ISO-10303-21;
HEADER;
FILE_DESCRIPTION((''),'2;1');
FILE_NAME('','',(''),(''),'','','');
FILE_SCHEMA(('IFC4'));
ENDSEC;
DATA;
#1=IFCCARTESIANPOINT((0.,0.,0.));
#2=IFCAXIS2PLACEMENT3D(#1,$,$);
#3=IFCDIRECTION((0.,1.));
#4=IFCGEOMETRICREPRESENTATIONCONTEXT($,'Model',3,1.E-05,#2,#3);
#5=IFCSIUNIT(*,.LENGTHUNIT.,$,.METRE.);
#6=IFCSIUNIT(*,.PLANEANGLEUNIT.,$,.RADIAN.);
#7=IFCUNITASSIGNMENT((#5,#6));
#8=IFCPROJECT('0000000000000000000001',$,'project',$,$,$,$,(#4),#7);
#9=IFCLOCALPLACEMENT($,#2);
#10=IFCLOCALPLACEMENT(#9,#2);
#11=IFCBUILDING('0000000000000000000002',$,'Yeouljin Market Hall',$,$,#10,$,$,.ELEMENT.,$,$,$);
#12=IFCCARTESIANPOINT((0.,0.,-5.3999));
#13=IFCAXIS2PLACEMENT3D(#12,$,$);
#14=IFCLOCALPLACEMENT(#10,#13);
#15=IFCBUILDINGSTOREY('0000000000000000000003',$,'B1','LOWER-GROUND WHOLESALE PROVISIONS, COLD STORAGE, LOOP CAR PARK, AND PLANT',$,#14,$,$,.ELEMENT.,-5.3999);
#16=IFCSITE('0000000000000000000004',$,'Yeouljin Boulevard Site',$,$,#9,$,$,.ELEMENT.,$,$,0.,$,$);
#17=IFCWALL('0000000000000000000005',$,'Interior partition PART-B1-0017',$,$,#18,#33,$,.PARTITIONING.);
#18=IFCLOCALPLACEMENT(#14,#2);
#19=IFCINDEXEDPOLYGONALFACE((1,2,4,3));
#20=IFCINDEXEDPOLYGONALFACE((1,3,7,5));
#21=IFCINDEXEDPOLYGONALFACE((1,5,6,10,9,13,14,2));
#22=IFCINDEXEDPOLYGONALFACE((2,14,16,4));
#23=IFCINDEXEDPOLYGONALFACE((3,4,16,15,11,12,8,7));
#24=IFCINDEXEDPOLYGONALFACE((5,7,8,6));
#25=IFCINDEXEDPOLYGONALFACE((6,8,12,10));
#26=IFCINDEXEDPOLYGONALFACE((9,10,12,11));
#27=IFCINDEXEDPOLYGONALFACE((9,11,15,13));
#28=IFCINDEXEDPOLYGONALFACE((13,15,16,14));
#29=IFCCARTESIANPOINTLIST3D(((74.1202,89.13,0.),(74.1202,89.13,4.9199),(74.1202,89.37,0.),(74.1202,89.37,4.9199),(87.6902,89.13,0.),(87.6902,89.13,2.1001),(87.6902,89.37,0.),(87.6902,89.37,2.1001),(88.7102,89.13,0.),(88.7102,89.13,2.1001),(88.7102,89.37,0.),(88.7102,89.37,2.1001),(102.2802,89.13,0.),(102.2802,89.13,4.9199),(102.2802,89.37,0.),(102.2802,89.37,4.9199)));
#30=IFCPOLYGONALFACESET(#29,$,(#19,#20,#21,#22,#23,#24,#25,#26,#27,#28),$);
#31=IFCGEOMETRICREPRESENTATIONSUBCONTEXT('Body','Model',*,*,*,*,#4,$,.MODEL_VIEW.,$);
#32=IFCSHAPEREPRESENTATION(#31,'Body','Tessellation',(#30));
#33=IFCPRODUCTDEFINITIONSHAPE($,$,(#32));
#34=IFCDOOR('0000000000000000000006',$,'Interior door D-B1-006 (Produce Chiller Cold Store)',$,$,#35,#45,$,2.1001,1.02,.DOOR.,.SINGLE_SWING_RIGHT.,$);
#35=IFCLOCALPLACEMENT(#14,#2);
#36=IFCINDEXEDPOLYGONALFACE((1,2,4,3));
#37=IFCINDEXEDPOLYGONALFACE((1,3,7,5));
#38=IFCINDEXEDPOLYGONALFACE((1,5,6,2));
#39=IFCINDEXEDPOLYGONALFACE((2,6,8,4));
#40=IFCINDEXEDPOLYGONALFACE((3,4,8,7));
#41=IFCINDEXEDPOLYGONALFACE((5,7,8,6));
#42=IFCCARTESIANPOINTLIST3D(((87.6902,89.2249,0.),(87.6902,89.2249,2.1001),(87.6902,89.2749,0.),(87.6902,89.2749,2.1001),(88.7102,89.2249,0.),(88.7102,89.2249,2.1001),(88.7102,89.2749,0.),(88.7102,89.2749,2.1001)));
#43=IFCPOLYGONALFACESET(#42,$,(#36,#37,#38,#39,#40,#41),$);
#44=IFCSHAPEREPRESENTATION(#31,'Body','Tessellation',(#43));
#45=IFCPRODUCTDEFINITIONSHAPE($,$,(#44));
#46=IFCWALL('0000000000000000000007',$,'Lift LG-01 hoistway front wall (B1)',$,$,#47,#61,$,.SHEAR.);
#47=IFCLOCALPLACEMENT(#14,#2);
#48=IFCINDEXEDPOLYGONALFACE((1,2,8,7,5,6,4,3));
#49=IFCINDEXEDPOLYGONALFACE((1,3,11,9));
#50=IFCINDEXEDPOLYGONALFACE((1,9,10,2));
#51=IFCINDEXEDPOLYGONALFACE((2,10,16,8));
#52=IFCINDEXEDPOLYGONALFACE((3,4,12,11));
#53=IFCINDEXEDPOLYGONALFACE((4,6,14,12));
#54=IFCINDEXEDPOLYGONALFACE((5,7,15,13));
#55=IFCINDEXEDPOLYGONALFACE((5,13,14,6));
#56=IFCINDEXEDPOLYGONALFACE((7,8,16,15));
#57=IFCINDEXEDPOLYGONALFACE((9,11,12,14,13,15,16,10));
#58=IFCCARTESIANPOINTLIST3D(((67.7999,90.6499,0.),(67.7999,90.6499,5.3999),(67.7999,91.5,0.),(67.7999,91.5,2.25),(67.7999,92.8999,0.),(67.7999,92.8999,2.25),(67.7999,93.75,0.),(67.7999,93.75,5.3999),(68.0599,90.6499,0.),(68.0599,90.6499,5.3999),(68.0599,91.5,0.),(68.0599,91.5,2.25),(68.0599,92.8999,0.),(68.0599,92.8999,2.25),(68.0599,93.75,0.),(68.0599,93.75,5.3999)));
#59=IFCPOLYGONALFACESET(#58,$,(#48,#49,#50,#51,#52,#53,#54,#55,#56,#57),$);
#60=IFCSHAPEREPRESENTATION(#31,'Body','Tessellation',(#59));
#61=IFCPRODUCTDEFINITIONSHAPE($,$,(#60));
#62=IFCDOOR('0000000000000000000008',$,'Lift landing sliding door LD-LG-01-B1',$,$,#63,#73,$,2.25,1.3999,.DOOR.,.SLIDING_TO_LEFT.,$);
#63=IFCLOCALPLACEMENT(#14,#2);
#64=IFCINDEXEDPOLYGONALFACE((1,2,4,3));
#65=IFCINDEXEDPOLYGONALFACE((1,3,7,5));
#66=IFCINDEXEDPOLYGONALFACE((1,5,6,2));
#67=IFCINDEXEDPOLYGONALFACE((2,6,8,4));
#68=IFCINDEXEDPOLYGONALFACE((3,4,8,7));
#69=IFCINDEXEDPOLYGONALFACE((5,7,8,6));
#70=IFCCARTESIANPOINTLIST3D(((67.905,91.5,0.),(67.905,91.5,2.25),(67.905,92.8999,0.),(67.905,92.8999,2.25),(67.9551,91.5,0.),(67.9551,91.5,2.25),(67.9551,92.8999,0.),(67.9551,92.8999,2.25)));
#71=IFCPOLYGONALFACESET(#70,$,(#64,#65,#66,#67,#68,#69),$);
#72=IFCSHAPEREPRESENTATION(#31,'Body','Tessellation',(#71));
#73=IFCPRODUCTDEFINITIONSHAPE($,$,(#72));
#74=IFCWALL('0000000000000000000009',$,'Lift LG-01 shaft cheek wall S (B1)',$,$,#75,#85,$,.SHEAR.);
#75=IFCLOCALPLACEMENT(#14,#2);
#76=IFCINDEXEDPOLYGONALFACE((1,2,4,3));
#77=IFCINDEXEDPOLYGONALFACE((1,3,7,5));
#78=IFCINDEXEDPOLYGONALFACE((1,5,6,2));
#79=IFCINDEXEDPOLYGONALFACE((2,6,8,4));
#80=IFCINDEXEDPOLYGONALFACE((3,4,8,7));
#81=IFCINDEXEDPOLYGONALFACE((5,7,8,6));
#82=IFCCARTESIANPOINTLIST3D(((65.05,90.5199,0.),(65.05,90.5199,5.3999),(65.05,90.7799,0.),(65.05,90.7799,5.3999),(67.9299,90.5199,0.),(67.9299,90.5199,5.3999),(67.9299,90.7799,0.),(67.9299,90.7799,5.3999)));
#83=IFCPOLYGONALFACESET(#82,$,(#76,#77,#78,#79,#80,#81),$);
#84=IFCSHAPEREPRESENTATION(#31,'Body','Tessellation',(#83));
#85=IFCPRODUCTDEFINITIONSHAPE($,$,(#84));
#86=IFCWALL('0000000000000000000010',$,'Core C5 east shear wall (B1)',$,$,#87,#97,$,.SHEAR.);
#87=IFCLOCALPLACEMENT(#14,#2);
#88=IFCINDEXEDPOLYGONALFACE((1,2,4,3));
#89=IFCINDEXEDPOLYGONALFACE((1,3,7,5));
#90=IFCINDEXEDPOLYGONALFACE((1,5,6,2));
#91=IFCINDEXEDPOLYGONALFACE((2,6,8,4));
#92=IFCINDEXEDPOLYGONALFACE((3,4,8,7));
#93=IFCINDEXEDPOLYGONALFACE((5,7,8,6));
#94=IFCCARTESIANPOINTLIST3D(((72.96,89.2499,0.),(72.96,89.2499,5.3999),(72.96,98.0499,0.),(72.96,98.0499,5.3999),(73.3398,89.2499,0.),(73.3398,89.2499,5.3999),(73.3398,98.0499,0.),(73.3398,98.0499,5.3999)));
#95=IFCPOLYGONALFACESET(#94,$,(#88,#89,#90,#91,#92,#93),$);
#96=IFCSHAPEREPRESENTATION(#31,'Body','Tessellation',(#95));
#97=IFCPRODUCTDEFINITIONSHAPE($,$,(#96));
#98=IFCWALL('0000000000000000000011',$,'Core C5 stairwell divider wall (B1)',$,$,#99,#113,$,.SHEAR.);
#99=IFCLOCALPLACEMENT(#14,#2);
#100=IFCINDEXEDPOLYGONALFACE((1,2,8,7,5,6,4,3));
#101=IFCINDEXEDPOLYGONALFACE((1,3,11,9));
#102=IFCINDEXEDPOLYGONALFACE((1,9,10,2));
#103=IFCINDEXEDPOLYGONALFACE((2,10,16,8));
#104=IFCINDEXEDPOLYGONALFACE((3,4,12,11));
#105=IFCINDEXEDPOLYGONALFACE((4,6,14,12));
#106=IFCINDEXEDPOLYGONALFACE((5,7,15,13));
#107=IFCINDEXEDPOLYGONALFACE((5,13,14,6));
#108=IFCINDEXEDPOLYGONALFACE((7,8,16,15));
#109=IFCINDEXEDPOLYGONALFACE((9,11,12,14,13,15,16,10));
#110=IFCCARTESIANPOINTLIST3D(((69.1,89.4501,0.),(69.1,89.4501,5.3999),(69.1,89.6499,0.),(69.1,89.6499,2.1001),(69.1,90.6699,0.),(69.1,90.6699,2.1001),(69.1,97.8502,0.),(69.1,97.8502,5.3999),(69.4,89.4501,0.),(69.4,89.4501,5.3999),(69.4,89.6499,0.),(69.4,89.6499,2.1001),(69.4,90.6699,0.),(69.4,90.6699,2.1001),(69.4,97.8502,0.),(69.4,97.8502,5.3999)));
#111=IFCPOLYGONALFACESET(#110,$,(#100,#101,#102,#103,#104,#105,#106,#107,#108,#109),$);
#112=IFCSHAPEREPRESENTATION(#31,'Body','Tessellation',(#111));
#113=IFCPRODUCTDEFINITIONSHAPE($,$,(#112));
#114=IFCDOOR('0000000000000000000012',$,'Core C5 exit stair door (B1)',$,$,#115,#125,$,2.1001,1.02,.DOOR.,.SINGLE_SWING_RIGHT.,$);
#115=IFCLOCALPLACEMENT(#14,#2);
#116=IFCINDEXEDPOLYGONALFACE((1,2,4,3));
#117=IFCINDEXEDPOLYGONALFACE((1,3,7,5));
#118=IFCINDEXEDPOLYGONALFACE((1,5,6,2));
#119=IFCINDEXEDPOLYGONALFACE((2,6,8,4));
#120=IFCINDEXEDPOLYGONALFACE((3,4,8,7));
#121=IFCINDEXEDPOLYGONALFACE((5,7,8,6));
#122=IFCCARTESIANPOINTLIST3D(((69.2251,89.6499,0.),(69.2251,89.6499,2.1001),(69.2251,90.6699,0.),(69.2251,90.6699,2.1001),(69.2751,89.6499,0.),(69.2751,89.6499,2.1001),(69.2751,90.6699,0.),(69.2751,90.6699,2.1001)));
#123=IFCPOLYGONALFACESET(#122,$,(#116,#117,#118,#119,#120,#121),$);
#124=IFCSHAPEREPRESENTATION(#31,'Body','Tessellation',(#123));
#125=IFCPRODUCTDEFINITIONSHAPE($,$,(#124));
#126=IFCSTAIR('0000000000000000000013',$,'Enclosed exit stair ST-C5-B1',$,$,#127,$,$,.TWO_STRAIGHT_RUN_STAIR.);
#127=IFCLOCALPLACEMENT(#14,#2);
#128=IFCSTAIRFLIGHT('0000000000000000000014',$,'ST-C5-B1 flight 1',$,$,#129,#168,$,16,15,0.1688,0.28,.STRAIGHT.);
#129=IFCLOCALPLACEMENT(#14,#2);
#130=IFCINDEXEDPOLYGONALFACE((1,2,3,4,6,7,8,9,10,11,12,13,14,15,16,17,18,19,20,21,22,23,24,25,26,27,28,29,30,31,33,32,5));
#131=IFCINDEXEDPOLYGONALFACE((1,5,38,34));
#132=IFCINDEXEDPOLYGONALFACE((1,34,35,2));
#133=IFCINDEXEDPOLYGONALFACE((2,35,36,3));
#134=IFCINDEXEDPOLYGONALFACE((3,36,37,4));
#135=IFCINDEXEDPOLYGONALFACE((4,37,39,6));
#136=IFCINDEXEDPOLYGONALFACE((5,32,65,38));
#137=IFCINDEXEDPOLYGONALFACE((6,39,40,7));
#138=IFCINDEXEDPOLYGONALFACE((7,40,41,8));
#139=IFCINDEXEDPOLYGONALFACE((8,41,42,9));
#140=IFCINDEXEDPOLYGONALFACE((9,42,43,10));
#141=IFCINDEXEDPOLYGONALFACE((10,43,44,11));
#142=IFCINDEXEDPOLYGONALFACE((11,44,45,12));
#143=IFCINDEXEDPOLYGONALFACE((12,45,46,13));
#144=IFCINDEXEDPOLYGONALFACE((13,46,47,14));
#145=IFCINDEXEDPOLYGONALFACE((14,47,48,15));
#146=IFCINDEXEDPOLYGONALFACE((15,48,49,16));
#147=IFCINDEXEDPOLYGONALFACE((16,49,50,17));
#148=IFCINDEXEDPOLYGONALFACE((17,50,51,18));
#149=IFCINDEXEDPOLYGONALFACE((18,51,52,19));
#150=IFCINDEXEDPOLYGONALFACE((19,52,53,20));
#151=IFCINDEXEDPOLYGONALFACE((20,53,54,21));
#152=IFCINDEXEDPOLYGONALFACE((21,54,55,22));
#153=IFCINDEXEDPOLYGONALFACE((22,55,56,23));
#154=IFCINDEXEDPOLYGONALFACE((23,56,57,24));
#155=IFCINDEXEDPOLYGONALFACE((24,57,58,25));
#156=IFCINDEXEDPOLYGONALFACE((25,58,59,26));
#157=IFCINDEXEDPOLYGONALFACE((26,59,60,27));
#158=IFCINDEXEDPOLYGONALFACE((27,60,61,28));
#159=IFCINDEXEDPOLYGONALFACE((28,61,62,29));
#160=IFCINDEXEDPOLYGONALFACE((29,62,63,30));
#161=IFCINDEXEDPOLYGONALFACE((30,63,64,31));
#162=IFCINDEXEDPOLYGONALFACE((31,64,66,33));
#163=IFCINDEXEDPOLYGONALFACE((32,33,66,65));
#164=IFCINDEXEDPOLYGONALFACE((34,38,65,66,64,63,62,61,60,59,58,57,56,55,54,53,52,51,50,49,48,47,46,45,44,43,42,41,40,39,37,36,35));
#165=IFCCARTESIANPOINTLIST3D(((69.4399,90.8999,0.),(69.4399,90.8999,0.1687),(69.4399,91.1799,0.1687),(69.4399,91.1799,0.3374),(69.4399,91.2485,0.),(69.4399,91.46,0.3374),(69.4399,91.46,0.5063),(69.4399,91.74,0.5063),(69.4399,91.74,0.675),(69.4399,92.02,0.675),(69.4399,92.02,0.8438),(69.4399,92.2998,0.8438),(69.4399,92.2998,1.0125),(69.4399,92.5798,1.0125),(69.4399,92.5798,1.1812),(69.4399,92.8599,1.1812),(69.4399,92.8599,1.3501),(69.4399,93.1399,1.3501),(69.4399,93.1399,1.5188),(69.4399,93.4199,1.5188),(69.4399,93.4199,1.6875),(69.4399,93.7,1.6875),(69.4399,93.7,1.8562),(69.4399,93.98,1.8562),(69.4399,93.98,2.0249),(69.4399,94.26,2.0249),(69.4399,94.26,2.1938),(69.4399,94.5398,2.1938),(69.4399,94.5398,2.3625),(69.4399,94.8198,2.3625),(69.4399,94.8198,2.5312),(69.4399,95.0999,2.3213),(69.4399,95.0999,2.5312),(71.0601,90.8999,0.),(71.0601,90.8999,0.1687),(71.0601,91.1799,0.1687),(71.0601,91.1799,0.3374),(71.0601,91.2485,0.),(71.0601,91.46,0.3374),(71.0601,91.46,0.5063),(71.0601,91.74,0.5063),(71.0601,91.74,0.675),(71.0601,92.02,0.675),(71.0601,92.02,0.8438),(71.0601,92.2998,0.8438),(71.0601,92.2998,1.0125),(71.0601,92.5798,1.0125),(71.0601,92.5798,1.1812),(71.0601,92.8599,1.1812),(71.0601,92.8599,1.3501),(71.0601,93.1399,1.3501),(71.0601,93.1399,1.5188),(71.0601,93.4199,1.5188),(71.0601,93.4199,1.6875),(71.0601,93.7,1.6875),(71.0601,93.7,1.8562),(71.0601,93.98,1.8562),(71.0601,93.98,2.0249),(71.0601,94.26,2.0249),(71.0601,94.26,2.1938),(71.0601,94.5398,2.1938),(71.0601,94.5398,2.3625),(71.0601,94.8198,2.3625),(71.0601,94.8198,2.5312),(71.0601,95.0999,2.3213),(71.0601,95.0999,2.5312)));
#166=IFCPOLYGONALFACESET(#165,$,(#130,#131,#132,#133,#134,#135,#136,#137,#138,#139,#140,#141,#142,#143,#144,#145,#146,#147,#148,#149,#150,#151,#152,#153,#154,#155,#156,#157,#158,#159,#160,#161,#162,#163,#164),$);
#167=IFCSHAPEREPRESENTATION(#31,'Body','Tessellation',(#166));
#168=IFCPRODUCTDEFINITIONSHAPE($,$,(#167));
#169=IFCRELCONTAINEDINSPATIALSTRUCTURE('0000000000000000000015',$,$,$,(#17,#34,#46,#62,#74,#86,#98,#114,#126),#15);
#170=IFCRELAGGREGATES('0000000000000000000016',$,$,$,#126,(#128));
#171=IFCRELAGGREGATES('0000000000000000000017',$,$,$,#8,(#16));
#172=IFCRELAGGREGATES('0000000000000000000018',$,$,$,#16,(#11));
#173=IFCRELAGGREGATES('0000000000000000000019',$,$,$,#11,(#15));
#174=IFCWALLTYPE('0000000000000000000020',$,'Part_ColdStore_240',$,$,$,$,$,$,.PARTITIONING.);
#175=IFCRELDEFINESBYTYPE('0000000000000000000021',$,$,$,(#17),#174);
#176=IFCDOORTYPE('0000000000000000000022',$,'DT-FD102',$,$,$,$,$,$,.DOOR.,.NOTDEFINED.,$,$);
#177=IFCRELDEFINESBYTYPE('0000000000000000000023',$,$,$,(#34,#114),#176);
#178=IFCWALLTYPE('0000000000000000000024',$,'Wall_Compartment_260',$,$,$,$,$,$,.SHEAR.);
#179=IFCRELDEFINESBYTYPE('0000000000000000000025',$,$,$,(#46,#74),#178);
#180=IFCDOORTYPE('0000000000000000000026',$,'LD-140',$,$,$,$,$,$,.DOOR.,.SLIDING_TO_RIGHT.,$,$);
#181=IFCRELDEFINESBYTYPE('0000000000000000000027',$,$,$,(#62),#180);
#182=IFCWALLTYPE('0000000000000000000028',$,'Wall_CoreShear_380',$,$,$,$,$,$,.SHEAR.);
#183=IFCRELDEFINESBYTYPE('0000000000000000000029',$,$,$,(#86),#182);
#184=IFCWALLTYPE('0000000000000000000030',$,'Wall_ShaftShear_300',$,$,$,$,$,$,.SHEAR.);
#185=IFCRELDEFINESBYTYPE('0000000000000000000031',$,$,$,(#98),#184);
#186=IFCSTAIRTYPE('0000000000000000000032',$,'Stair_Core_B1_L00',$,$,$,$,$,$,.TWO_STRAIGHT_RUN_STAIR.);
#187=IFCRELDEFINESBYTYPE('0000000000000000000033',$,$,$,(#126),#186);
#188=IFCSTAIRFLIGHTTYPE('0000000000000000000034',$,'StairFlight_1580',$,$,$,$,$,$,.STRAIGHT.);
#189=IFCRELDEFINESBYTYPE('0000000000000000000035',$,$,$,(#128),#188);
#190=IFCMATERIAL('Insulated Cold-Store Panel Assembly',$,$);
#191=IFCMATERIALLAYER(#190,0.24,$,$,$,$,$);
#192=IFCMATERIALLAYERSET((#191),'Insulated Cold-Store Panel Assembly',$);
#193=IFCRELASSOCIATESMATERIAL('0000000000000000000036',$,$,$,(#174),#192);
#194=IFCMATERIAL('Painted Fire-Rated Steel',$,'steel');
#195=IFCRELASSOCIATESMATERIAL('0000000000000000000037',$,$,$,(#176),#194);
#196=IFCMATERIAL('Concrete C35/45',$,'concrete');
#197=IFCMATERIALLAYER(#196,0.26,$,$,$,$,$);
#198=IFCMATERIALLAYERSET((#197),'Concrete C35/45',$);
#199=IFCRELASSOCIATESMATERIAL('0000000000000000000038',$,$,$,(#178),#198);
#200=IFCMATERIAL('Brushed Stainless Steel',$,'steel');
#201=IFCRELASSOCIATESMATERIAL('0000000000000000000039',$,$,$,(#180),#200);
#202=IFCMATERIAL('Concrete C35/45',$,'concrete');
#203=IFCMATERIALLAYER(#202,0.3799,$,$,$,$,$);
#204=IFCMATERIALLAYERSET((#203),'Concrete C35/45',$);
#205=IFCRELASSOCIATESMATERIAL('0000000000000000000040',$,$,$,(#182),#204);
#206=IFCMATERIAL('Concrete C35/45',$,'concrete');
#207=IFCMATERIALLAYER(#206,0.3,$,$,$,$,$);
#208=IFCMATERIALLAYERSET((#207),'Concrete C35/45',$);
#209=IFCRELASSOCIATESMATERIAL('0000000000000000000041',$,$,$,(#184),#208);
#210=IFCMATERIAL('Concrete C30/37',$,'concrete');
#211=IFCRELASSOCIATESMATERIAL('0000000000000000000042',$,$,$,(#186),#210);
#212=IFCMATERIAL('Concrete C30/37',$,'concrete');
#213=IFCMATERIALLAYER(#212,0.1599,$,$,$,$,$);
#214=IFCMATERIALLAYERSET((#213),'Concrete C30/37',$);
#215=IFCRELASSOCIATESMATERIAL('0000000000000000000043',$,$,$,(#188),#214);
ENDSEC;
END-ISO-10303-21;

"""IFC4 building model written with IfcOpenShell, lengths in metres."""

from ifc_helpers import new_model, si_unit, direction, frame, frame_2d, origin, place, context, subcontext, project, spatial, polyline, rectangle, outline, extrude, material, layer, layer_set, type_object, element, fill, aggregate, save


model = new_model("IFC4")

# Units and contexts
model_context = context("Model", 3, precision=1e-05, world=origin(), true_north=direction((0.0, 1.0)))
body_context = subcontext(model_context, "Body", "Model", "MODEL_VIEW")
ifc_project = project(units=[si_unit("LENGTHUNIT", "METRE"), si_unit("PLANEANGLEUNIT", "RADIAN")], contexts=[model_context])

# Site, building, storey
site_placement = place(None, origin())
site = spatial("IfcSite", under=ifc_project, at=site_placement, Name="Yeouljin Boulevard Site", CompositionType="ELEMENT", RefElevation=0.0)
building_placement = place(site_placement, origin())
building = spatial("IfcBuilding", under=site, at=building_placement, Name="Yeouljin Market Hall", CompositionType="ELEMENT")
storey_placement = place(building_placement, frame((0.0, 0.0, -5.3999)))
storey = spatial("IfcBuildingStorey", under=building, at=storey_placement, Name="B1", Description="LOWER-GROUND WHOLESALE PROVISIONS, COLD STORAGE, LOOP CAR PARK, AND PLANT", CompositionType="ELEMENT", Elevation=-5.3999)

# Walls, openings, doors
ifc_material_1 = material(Name="Insulated Cold-Store Panel Assembly")
ifc_layer_1 = layer(ifc_material_1, 0.24)
ifc_layer_set_1 = layer_set([ifc_layer_1], Name="Insulated Cold-Store Panel Assembly")
wall_type_1 = type_object("IfcWallType", Name="Part_ColdStore_240", PredefinedType="PARTITIONING", material=ifc_layer_set_1)
wall_1_placement = place(storey_placement, frame((74.1201, 89.25, 0.0), z_axis=(0.0, 0.0, 1.0), x_axis=(1.0, 0.0, 0.0)))
wall_1 = element("IfcWall", 1, at=wall_1_placement, inside=storey, type_object=wall_type_1, Name="Interior partition PART-B1-0017", PredefinedType="PARTITIONING", context=body_context, shape_type="SweptSolid", body=[
    extrude(rectangle(XDim=28.1599, YDim=0.24, at=frame_2d((14.0801, 0.0))), origin(), (0.0, 0.0, 1.0), 4.9199),
])
opening_1_placement = place(wall_1_placement, frame((13.5701, 0.0, 0.0)))
opening_1 = element("IfcOpeningElement", 2, at=opening_1_placement, cuts=wall_1, PredefinedType="OPENING", context=body_context, shape_type="SweptSolid", body=[
    extrude(rectangle(XDim=1.02, YDim=2.1001, at=frame_2d((0.51, 1.05))), frame((0.0, 0.1299, 0.0), z_axis=(0.0, -1.0, 0.0), x_axis=(1.0, 0.0, 0.0)), (0.0, 0.0, 1.0), 0.26),
])
ifc_material_2 = material(Name="Painted Fire-Rated Steel", Category="steel")
door_type_1 = type_object("IfcDoorType", Name="DT-FD102", OperationType="NOTDEFINED", PredefinedType="DOOR", material=ifc_material_2)
door_1_placement = place(opening_1_placement, origin())
door_1 = element("IfcDoor", 3, at=door_1_placement, inside=storey, type_object=door_type_1, Name="Interior door D-B1-006 (Produce Chiller Cold Store)", OperationType="SINGLE_SWING_RIGHT", OverallHeight=2.1001, OverallWidth=1.02, PredefinedType="DOOR", context=body_context, shape_type="SweptSolid", body=[
    extrude(rectangle(XDim=1.02, YDim=2.1001, at=frame_2d((0.51, 1.05))), frame((0.0, 0.0249, 0.0), z_axis=(0.0, -1.0, 0.0), x_axis=(1.0, 0.0, 0.0)), (0.0, 0.0, 1.0), 0.05),
])
fill(opening_1, door_1)
ifc_material_3 = material(Name="Concrete C35/45", Category="concrete")
ifc_layer_2 = layer(ifc_material_3, 0.26)
ifc_layer_set_2 = layer_set([ifc_layer_2], Name="Concrete C35/45")
wall_type_2 = type_object("IfcWallType", Name="Wall_Compartment_260", PredefinedType="SHEAR", material=ifc_layer_set_2)
wall_2_placement = place(storey_placement, frame((67.9299, 90.6499, 0.0), z_axis=(0.0, 0.0, 1.0), x_axis=(0.0, 1.0, 0.0)))
wall_2 = element("IfcWall", 4, at=wall_2_placement, inside=storey, type_object=wall_type_2, Name="Lift LG-01 hoistway front wall (B1)", PredefinedType="SHEAR", context=body_context, shape_type="SweptSolid", body=[
    extrude(rectangle(XDim=3.1001, YDim=0.26, at=frame_2d((1.55, 0.0))), origin(), (0.0, 0.0, 1.0), 5.3999),
])
opening_2_placement = place(wall_2_placement, frame((0.8501, 0.0, 0.0)))
opening_2 = element("IfcOpeningElement", 5, at=opening_2_placement, cuts=wall_2, PredefinedType="OPENING", context=body_context, shape_type="SweptSolid", body=[
    extrude(rectangle(XDim=1.3999, YDim=2.25, at=frame_2d((0.7, 1.125))), frame((0.0, 0.1399, 0.0), z_axis=(0.0, -1.0, 0.0), x_axis=(1.0, 0.0, 0.0)), (0.0, 0.0, 1.0), 0.28),
])
ifc_material_4 = material(Name="Brushed Stainless Steel", Category="steel")
door_type_2 = type_object("IfcDoorType", Name="LD-140", OperationType="SLIDING_TO_RIGHT", PredefinedType="DOOR", material=ifc_material_4)
door_2_placement = place(opening_2_placement, origin())
door_2 = element("IfcDoor", 6, at=door_2_placement, inside=storey, type_object=door_type_2, Name="Lift landing sliding door LD-LG-01-B1", OperationType="SLIDING_TO_LEFT", OverallHeight=2.25, OverallWidth=1.3999, PredefinedType="DOOR", context=body_context, shape_type="SweptSolid", body=[
    extrude(rectangle(XDim=1.3999, YDim=2.25, at=frame_2d((0.7, 1.125))), frame((0.0, 0.0249, 0.0), z_axis=(0.0, -1.0, 0.0), x_axis=(1.0, 0.0, 0.0)), (0.0, 0.0, 1.0), 0.05),
])
fill(opening_2, door_2)

# Wall
wall_3_placement = place(storey_placement, frame((65.05, 90.6499, 0.0), z_axis=(0.0, 0.0, 1.0), x_axis=(1.0, 0.0, 0.0)))
element("IfcWall", 7, at=wall_3_placement, inside=storey, type_object=wall_type_2, Name="Lift LG-01 shaft cheek wall S (B1)", PredefinedType="SHEAR", context=body_context, shape_type="SweptSolid", body=[
    extrude(rectangle(XDim=2.8799, YDim=0.26, at=frame_2d((1.4399, 0.0))), origin(), (0.0, 0.0, 1.0), 5.3999),
])

# Shared definitions
ifc_material_5 = material(Name="Concrete C35/45", Category="concrete")
ifc_layer_3 = layer(ifc_material_5, 0.3799)
ifc_layer_set_3 = layer_set([ifc_layer_3], Name="Concrete C35/45")
wall_type_3 = type_object("IfcWallType", Name="Wall_CoreShear_380", PredefinedType="SHEAR", material=ifc_layer_set_3)

# Wall
wall_4_placement = place(storey_placement, frame((73.1499, 89.25, 0.0), z_axis=(0.0, 0.0, 1.0), x_axis=(0.0, 1.0, 0.0)))
element("IfcWall", 8, at=wall_4_placement, inside=storey, type_object=wall_type_3, Name="Core C5 east shear wall (B1)", PredefinedType="SHEAR", context=body_context, shape_type="SweptSolid", body=[
    extrude(rectangle(XDim=8.8, YDim=0.3799, at=frame_2d((4.3999, 0.0))), origin(), (0.0, 0.0, 1.0), 5.3999),
])

# Wall, opening, door
ifc_material_6 = material(Name="Concrete C35/45", Category="concrete")
ifc_layer_4 = layer(ifc_material_6, 0.3)
ifc_layer_set_4 = layer_set([ifc_layer_4], Name="Concrete C35/45")
wall_type_4 = type_object("IfcWallType", Name="Wall_ShaftShear_300", PredefinedType="SHEAR", material=ifc_layer_set_4)
wall_5_placement = place(storey_placement, frame((69.25, 89.45, 0.0), z_axis=(0.0, 0.0, 1.0), x_axis=(0.0, 1.0, 0.0)))
wall_5 = element("IfcWall", 9, at=wall_5_placement, inside=storey, type_object=wall_type_4, Name="Core C5 stairwell divider wall (B1)", PredefinedType="SHEAR", context=body_context, shape_type="SweptSolid", body=[
    extrude(rectangle(XDim=8.4001, YDim=0.3, at=frame_2d((4.2002, 0.0))), origin(), (0.0, 0.0, 1.0), 5.3999),
])
opening_3_placement = place(wall_5_placement, frame((0.2, 0.0, 0.0)))
opening_3 = element("IfcOpeningElement", 10, at=opening_3_placement, cuts=wall_5, PredefinedType="OPENING", context=body_context, shape_type="SweptSolid", body=[
    extrude(rectangle(XDim=1.02, YDim=2.1001, at=frame_2d((0.51, 1.05))), frame((0.0, 0.1599, 0.0), z_axis=(0.0, -1.0, 0.0), x_axis=(1.0, 0.0, 0.0)), (0.0, 0.0, 1.0), 0.3201),
])
door_3_placement = place(opening_3_placement, origin())
door_3 = element("IfcDoor", 11, at=door_3_placement, inside=storey, type_object=door_type_1, Name="Core C5 exit stair door (B1)", OperationType="SINGLE_SWING_RIGHT", OverallHeight=2.1001, OverallWidth=1.02, PredefinedType="DOOR", context=body_context, shape_type="SweptSolid", body=[
    extrude(rectangle(XDim=1.02, YDim=2.1001, at=frame_2d((0.51, 1.05))), frame((0.0, 0.0249, 0.0), z_axis=(0.0, -1.0, 0.0), x_axis=(1.0, 0.0, 0.0)), (0.0, 0.0, 1.0), 0.05),
])
fill(opening_3, door_3)

# Stair, stair flight
ifc_material_7 = material(Name="Concrete C30/37", Category="concrete")
stair_type = type_object("IfcStairType", Name="Stair_Core_B1_L00", PredefinedType="TWO_STRAIGHT_RUN_STAIR", material=ifc_material_7)
stair_placement = place(storey_placement, origin())
stair = element("IfcStair", 12, at=stair_placement, inside=storey, type_object=stair_type, Name="Enclosed exit stair ST-C5-B1", PredefinedType="TWO_STRAIGHT_RUN_STAIR")
ifc_material_8 = material(Name="Concrete C30/37", Category="concrete")
ifc_layer_5 = layer(ifc_material_8, 0.1599)
ifc_layer_set_5 = layer_set([ifc_layer_5], Name="Concrete C30/37")
stair_flight_type = type_object("IfcStairFlightType", Name="StairFlight_1580", PredefinedType="STRAIGHT", material=ifc_layer_set_5)
stair_flight_placement = place(storey_placement, frame((70.25, 90.8999, 0.0), z_axis=(0.0, 0.0, 1.0), x_axis=(0.0, 1.0, 0.0)))
stair_flight = element("IfcStairFlight", 13, at=stair_flight_placement, type_object=stair_flight_type, Name="ST-C5-B1 flight 1", NumberOfRisers=16, NumberOfTreads=15, PredefinedType="STRAIGHT", RiserHeight=0.1688, TreadLength=0.28, context=body_context, shape_type="SweptSolid", body=[
    extrude(outline(polyline([(0.0, 0.0), (0.0, 0.1687), (0.28, 0.1687), (0.28, 0.3374), (0.5601, 0.3374), (0.5601, 0.5063), (0.8401, 0.5063), (0.8401, 0.675), (1.1201, 0.675), (1.1201, 0.8438), (1.3999, 0.8438), (1.3999, 1.0125), (1.6799, 1.0125), (1.6799, 1.1812), (1.96, 1.1812), (1.96, 1.3501), (2.24, 1.3501), (2.24, 1.5188), (2.52, 1.5188), (2.52, 1.6875), (2.8, 1.6875), (2.8, 1.8562), (3.0801, 1.8562), (3.0801, 2.0249), (3.3601, 2.0249), (3.3601, 2.1938), (3.6399, 2.1938), (3.6399, 2.3625), (3.9199, 2.3625), (3.9199, 2.5312), (4.2, 2.5312), (4.2, 2.7), (4.2, 2.3213), (0.3486, 0.0), (0.0, 0.0)])), frame((0.0, 0.8101, 0.0), z_axis=(0.0, -1.0, 0.0), x_axis=(1.0, 0.0, 0.0)), (0.0, 0.0, 1.0), 1.6201),
])
aggregate(stair, [stair_flight])

save(model, "model.ifc")
